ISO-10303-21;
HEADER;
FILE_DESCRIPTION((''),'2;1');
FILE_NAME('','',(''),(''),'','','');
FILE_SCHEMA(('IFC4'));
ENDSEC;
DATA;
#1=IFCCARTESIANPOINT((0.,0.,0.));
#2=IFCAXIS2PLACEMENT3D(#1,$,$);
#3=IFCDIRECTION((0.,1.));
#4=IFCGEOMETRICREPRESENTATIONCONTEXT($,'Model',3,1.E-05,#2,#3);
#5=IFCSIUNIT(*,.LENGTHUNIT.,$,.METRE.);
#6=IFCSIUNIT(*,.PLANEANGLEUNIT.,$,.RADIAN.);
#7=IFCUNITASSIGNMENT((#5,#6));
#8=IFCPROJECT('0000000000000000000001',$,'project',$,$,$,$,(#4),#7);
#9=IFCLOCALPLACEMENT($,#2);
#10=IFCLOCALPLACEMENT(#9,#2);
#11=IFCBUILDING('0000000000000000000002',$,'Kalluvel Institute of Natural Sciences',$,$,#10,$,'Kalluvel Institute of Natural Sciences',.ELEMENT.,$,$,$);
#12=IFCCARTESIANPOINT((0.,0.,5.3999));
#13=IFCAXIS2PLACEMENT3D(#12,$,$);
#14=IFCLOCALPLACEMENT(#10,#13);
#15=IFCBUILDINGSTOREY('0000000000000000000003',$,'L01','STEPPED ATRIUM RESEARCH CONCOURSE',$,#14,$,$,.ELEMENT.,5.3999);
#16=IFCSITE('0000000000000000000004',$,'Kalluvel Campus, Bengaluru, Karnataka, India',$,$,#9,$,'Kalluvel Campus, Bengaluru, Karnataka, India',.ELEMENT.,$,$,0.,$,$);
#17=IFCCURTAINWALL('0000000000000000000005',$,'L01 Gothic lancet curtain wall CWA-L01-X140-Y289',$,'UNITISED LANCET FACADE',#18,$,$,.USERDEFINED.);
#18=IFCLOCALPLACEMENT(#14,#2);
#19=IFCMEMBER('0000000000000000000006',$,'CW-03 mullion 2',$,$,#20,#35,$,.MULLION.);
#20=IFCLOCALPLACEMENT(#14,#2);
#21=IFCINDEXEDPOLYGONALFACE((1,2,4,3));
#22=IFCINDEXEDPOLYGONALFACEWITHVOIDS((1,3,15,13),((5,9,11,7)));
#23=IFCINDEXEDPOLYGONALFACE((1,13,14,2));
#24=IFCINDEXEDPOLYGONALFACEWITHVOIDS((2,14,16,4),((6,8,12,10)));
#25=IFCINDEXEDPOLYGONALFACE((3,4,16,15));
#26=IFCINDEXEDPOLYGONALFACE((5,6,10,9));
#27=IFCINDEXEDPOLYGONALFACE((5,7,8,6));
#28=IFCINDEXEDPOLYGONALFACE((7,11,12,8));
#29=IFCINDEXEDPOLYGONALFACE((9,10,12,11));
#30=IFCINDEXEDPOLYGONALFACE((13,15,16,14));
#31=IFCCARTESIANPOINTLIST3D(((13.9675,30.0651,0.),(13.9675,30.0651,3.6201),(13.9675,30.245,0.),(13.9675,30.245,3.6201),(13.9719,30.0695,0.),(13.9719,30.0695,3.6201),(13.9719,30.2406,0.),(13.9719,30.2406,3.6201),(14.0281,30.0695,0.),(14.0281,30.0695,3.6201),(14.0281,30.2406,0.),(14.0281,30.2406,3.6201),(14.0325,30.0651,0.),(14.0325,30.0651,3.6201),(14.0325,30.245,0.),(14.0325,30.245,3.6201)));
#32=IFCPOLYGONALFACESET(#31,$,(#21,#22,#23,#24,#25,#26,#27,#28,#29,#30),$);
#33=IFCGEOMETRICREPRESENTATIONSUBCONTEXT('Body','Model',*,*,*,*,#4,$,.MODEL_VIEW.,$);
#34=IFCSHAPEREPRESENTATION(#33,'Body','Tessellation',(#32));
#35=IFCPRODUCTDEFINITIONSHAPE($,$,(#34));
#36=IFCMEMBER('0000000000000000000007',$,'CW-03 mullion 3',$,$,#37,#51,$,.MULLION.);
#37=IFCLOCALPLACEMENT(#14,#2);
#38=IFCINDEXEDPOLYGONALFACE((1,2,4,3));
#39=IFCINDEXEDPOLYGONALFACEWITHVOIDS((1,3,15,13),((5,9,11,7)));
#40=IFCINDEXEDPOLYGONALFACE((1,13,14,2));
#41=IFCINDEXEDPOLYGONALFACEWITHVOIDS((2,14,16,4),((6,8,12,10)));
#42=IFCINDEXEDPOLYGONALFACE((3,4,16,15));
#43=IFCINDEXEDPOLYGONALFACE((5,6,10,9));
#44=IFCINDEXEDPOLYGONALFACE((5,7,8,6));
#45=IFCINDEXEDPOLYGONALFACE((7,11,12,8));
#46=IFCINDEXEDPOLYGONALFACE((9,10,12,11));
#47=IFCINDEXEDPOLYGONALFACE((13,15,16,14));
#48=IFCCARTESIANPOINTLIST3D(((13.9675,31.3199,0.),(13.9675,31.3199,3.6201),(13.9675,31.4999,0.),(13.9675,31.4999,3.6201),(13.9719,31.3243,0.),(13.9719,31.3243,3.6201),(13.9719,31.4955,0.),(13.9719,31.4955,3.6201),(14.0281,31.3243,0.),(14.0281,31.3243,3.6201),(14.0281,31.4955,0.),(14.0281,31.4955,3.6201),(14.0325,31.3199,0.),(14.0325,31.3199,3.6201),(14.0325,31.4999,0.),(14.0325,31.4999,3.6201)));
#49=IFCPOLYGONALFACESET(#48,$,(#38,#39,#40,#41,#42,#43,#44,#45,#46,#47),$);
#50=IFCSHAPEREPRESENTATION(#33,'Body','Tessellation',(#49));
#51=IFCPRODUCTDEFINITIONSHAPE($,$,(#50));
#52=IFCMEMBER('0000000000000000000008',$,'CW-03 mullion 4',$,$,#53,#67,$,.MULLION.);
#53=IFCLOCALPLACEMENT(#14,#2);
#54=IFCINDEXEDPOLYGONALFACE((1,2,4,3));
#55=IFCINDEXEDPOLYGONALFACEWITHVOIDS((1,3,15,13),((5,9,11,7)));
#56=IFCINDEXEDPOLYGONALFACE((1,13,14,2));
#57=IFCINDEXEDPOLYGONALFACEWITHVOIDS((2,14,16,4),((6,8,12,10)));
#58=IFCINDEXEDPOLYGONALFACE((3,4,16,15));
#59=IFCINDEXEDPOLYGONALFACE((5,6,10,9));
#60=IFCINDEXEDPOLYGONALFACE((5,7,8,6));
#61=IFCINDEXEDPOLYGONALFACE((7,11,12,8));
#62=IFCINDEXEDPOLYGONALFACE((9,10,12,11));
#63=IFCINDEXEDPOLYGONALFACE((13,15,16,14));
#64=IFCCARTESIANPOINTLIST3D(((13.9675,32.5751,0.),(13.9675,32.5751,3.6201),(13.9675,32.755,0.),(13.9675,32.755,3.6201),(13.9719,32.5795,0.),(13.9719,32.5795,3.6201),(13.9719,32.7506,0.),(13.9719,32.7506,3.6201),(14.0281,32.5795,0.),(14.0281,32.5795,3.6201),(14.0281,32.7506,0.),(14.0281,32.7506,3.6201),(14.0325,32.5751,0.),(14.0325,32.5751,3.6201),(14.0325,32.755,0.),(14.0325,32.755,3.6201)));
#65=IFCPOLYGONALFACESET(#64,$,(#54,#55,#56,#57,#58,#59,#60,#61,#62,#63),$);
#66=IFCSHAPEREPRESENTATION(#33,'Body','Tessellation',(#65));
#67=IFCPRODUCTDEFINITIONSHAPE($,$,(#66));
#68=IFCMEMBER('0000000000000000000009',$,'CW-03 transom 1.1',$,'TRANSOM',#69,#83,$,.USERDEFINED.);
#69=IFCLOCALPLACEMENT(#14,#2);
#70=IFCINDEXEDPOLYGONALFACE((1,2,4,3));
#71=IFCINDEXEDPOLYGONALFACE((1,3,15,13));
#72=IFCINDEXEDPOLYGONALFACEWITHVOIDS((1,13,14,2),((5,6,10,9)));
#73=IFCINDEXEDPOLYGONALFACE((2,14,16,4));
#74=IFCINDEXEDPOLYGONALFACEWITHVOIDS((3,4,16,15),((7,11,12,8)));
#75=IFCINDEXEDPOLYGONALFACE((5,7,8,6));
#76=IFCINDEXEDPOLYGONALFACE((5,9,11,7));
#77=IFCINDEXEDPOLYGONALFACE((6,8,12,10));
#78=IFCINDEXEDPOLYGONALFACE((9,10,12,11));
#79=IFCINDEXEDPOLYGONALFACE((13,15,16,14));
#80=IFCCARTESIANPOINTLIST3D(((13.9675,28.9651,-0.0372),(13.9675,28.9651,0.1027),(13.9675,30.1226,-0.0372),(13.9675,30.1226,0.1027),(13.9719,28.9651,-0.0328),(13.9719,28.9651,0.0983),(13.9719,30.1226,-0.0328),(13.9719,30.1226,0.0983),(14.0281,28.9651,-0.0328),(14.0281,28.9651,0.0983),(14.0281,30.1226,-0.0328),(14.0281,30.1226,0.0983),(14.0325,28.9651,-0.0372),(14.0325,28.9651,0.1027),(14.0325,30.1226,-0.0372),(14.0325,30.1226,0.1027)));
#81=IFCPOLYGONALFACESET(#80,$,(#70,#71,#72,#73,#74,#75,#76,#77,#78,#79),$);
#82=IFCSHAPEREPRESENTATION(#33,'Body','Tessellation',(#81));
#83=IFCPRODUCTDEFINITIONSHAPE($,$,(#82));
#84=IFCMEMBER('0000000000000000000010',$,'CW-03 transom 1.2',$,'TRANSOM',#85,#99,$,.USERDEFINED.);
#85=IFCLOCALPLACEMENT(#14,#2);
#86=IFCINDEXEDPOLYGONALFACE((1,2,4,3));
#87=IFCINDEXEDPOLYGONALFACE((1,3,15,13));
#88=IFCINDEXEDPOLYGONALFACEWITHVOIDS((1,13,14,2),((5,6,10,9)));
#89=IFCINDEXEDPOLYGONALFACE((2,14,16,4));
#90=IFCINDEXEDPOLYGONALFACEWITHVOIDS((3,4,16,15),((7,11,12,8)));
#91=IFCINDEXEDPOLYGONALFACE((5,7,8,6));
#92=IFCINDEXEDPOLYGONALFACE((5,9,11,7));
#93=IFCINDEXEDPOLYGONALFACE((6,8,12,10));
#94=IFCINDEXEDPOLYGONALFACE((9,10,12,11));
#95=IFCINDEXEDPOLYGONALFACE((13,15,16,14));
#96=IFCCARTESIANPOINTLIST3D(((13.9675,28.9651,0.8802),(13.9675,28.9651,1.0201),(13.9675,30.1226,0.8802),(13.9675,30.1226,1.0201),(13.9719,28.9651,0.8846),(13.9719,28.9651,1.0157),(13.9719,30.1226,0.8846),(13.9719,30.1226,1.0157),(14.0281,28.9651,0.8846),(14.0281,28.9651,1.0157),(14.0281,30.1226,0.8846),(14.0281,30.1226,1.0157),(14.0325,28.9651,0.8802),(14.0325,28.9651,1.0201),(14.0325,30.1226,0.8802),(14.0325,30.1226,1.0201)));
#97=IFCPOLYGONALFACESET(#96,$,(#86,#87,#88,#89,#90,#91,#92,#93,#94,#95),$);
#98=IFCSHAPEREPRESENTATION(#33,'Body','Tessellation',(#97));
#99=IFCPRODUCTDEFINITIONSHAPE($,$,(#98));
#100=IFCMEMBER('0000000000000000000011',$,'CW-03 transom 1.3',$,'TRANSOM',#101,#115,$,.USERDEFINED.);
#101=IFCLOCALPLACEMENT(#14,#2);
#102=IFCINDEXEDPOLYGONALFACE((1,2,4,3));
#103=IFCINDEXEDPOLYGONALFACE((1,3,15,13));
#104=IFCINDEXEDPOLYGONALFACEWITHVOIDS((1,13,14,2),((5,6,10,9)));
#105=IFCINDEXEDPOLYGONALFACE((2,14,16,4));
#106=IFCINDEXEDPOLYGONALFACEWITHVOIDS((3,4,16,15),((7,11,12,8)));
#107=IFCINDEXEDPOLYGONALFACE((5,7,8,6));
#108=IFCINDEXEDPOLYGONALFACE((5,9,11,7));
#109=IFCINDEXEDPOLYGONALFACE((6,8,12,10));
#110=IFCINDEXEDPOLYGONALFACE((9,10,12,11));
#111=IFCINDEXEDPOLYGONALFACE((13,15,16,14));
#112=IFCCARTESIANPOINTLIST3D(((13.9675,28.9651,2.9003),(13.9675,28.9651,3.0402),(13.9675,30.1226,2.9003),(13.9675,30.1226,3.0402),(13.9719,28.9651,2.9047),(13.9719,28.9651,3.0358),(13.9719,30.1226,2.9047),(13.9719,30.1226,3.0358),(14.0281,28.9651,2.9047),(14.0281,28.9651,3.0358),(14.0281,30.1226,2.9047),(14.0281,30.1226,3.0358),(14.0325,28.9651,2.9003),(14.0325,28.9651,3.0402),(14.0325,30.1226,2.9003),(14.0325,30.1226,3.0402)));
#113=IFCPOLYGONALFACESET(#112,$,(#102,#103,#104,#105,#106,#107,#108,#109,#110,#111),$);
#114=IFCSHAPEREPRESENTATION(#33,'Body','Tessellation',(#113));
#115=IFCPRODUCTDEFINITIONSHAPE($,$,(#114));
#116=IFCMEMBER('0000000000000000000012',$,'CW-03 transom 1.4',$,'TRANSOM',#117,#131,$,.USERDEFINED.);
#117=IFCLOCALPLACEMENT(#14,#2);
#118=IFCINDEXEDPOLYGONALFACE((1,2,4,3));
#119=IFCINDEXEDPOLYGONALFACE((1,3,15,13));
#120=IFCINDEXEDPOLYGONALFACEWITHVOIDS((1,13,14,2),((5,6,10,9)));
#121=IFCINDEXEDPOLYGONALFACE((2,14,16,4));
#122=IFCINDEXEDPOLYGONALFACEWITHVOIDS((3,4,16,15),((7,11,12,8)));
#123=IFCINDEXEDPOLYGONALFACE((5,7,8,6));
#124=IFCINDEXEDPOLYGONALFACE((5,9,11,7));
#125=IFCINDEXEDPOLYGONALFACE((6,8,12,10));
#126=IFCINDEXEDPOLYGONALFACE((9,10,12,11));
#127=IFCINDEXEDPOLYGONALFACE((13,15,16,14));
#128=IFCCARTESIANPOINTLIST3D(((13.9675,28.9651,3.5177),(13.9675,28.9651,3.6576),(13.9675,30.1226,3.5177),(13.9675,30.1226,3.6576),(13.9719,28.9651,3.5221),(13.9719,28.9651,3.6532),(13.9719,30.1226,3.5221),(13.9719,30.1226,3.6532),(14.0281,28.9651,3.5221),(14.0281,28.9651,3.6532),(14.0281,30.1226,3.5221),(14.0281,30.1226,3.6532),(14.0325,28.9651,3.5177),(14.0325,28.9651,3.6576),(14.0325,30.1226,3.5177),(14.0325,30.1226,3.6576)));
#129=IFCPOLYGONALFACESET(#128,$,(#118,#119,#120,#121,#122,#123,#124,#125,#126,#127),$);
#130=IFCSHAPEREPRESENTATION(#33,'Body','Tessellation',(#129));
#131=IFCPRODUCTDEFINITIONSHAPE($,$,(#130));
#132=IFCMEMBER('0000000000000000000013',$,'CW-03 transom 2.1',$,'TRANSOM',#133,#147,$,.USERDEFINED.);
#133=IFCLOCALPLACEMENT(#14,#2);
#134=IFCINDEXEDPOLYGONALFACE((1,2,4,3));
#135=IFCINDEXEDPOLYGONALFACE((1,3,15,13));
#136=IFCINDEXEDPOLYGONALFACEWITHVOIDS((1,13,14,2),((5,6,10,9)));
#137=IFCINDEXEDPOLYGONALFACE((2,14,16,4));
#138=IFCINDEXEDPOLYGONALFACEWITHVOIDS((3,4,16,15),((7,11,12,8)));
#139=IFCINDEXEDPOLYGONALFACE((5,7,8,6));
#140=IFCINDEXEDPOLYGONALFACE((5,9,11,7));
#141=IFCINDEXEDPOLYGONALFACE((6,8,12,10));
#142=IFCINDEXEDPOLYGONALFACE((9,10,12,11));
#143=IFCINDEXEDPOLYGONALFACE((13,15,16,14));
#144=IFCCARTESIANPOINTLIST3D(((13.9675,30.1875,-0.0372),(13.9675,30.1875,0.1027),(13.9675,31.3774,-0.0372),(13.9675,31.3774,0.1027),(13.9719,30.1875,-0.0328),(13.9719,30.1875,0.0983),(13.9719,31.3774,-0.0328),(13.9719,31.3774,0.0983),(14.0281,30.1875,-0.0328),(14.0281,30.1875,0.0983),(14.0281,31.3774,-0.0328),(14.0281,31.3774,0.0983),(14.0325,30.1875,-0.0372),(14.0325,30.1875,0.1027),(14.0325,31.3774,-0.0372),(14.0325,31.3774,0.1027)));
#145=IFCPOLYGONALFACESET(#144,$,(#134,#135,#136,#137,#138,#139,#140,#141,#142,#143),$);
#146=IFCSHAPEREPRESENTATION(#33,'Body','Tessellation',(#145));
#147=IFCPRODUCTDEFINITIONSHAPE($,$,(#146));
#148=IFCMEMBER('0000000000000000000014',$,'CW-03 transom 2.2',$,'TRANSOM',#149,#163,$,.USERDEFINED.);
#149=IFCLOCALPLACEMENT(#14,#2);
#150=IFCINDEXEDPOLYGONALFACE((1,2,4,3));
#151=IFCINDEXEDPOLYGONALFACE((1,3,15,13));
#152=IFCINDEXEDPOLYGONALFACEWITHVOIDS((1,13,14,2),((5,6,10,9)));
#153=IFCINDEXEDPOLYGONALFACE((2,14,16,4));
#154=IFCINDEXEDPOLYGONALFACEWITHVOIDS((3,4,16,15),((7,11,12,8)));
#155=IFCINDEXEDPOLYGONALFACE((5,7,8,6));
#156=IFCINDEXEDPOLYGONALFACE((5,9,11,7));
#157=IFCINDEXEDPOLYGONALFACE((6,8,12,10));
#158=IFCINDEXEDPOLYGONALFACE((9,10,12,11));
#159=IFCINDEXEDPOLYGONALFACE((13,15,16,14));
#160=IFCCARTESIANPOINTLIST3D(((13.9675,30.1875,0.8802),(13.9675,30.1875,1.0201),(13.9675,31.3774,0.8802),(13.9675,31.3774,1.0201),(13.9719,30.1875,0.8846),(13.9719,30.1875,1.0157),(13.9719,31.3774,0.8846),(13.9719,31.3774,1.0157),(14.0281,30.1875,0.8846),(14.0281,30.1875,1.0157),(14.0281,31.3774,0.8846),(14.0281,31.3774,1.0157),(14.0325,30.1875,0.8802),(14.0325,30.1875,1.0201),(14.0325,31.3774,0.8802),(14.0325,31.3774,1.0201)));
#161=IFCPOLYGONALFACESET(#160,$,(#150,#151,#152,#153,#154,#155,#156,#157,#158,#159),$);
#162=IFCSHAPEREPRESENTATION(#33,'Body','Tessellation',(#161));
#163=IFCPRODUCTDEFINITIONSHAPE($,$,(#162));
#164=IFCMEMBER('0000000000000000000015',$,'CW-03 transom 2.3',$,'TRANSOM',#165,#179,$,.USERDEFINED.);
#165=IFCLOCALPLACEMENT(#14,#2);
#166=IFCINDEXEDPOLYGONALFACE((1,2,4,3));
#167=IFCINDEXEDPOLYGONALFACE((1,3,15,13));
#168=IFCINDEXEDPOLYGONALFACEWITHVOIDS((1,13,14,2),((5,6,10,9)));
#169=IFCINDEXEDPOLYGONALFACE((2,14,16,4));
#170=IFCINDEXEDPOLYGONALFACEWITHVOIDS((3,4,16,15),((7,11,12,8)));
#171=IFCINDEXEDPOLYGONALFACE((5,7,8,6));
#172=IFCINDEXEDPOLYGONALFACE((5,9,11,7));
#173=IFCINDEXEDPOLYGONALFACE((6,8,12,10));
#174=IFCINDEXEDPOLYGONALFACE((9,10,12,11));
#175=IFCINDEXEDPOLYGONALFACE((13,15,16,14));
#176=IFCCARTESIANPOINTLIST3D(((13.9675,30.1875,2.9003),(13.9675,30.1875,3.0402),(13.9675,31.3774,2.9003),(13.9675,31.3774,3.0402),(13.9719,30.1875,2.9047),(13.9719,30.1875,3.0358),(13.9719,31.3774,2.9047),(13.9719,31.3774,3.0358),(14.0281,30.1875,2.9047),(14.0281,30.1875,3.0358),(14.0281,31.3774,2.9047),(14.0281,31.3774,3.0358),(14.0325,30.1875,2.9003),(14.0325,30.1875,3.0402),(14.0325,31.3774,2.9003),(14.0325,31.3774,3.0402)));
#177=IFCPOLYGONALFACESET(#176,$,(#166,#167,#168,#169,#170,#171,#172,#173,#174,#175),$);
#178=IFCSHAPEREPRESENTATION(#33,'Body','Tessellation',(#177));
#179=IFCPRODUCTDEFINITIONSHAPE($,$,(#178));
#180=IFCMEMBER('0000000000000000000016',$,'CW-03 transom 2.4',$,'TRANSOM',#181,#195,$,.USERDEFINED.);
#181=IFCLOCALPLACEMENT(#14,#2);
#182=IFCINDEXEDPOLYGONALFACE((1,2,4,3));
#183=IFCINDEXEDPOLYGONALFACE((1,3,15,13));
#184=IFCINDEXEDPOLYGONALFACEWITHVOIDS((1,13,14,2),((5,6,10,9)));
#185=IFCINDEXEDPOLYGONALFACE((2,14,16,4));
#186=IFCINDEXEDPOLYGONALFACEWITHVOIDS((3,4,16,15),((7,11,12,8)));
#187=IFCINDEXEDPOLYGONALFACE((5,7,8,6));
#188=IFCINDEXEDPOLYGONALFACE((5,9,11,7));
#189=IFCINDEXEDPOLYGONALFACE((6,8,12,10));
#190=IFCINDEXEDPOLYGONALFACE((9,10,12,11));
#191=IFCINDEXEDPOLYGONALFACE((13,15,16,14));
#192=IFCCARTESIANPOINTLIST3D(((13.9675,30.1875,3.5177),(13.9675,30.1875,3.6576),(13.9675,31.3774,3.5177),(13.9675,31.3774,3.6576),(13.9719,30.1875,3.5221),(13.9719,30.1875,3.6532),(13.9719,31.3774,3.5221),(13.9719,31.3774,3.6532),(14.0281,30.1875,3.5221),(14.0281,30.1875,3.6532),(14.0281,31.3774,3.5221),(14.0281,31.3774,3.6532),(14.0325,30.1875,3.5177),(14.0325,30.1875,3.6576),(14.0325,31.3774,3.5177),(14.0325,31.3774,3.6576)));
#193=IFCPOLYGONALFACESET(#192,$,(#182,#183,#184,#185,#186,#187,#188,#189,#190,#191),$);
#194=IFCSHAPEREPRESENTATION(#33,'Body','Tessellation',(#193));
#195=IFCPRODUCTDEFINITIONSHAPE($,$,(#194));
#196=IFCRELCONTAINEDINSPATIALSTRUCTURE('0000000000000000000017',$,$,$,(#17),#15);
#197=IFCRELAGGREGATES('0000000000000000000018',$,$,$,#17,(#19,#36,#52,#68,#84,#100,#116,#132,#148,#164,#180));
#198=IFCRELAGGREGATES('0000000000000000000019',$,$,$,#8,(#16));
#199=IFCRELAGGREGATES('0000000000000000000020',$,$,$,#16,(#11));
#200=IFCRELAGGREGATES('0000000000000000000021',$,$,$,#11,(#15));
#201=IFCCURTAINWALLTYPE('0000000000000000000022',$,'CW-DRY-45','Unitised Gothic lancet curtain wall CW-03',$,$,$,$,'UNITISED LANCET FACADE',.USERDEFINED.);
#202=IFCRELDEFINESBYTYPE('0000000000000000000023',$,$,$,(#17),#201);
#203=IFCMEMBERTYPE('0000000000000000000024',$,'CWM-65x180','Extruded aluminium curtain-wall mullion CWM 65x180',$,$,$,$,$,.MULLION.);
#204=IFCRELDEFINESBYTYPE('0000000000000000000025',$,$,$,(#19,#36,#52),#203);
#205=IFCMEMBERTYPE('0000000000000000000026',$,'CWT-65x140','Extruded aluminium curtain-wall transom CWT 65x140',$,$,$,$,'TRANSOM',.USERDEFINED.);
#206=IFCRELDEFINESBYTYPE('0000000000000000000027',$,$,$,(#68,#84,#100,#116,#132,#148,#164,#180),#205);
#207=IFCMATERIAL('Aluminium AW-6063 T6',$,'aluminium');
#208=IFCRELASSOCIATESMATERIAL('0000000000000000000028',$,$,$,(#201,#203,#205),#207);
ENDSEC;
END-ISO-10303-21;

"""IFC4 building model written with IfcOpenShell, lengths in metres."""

from ifc_helpers import new_model, si_unit, direction, frame, origin, origin_2d, place, context, subcontext, project, spatial, hollow_rectangle, extrude, material, material_profile, profile_set, type_object, element, aggregate, save


model = new_model("IFC4")

# Units and contexts
model_context = context("Model", 3, precision=1e-05, world=origin(), true_north=direction((0.0, 1.0)))
body_context = subcontext(model_context, "Body", "Model", "MODEL_VIEW")
ifc_project = project(units=[si_unit("LENGTHUNIT", "METRE"), si_unit("PLANEANGLEUNIT", "RADIAN")], contexts=[model_context])

# Site, building, storey
site_placement = place(None, origin())
site = spatial("IfcSite", under=ifc_project, at=site_placement, Name="Kalluvel Campus, Bengaluru, Karnataka, India", LongName="Kalluvel Campus, Bengaluru, Karnataka, India", CompositionType="ELEMENT", RefElevation=0.0)
building_placement = place(site_placement, origin())
building = spatial("IfcBuilding", under=site, at=building_placement, Name="Kalluvel Institute of Natural Sciences", LongName="Kalluvel Institute of Natural Sciences", CompositionType="ELEMENT")
storey_placement = place(building_placement, frame((0.0, 0.0, 5.3999)))
storey = spatial("IfcBuildingStorey", under=building, at=storey_placement, Name="L01", Description="STEPPED ATRIUM RESEARCH CONCOURSE", CompositionType="ELEMENT", Elevation=5.3999)

# Curtain wall, members
ifc_material_1 = material(Name="Aluminium AW-6063 T6", Category="aluminium")
curtain_wall_type = type_object("IfcCurtainWallType", Name="CW-DRY-45", Description="Unitised Gothic lancet curtain wall CW-03", ElementType="UNITISED LANCET FACADE", PredefinedType="USERDEFINED", material=ifc_material_1)
curtain_wall_placement = place(storey_placement, origin())
curtain_wall = element("IfcCurtainWall", 1, at=curtain_wall_placement, inside=storey, type_object=curtain_wall_type, Name="L01 Gothic lancet curtain wall CWA-L01-X140-Y289", ObjectType="UNITISED LANCET FACADE", PredefinedType="USERDEFINED")
ifc_material_profile_1 = material_profile(ifc_material_1, hollow_rectangle(XDim=0.0649, YDim=0.1799, WallThickness=0.0044, at=origin_2d()), Name="CWM 65x180")
ifc_profile_set_1 = profile_set([ifc_material_profile_1], Name="Aluminium AW-6063 T6")
member_type_1 = type_object("IfcMemberType", Name="CWM-65x180", Description="Extruded aluminium curtain-wall mullion CWM 65x180", PredefinedType="MULLION", material=ifc_profile_set_1)
member_1_placement = place(storey_placement, frame((14.0, 30.155, 0.0), z_axis=(0.0, 0.0, 1.0), x_axis=(-1.0, 0.0, 0.0)))
member_1 = element("IfcMember", 2, at=member_1_placement, type_object=member_type_1, Name="CW-03 mullion 2", PredefinedType="MULLION", context=body_context, shape_type="SweptSolid", body=[
    extrude(hollow_rectangle(XDim=0.0649, YDim=0.1799, WallThickness=0.0044, at=origin_2d()), origin(), (0.0, 0.0, 1.0), 3.6201),
])
member_2_placement = place(storey_placement, frame((14.0, 31.4099, 0.0), z_axis=(0.0, 0.0, 1.0), x_axis=(-1.0, 0.0, 0.0)))
member_2 = element("IfcMember", 3, at=member_2_placement, type_object=member_type_1, Name="CW-03 mullion 3", PredefinedType="MULLION", context=body_context, shape_type="SweptSolid", body=[
    extrude(hollow_rectangle(XDim=0.0649, YDim=0.1799, WallThickness=0.0044, at=origin_2d()), origin(), (0.0, 0.0, 1.0), 3.6201),
])
member_3_placement = place(storey_placement, frame((14.0, 32.665, 0.0), z_axis=(0.0, 0.0, 1.0), x_axis=(-1.0, 0.0, 0.0)))
member_3 = element("IfcMember", 4, at=member_3_placement, type_object=member_type_1, Name="CW-03 mullion 4", PredefinedType="MULLION", context=body_context, shape_type="SweptSolid", body=[
    extrude(hollow_rectangle(XDim=0.0649, YDim=0.1799, WallThickness=0.0044, at=origin_2d()), origin(), (0.0, 0.0, 1.0), 3.6201),
])
ifc_material_profile_2 = material_profile(ifc_material_1, hollow_rectangle(XDim=0.0649, YDim=0.1399, WallThickness=0.0044, at=origin_2d()), Name="CWT 65x140")
ifc_profile_set_2 = profile_set([ifc_material_profile_2], Name="Aluminium AW-6063 T6")
member_type_2 = type_object("IfcMemberType", Name="CWT-65x140", Description="Extruded aluminium curtain-wall transom CWT 65x140", ElementType="TRANSOM", PredefinedType="USERDEFINED", material=ifc_profile_set_2)
member_4_placement = place(storey_placement, frame((14.0, 28.9651, 0.0327), z_axis=(0.0, 1.0, 0.0), x_axis=(-1.0, 0.0, 0.0)))
member_4 = element("IfcMember", 5, at=member_4_placement, type_object=member_type_2, Name="CW-03 transom 1.1", ObjectType="TRANSOM", PredefinedType="USERDEFINED", context=body_context, shape_type="SweptSolid", body=[
    extrude(hollow_rectangle(XDim=0.0649, YDim=0.1399, WallThickness=0.0044, at=origin_2d()), origin(), (0.0, 0.0, 1.0), 1.1575),
])
member_5_placement = place(storey_placement, frame((14.0, 28.9651, 0.9502), z_axis=(0.0, 1.0, 0.0), x_axis=(-1.0, 0.0, 0.0)))
member_5 = element("IfcMember", 6, at=member_5_placement, type_object=member_type_2, Name="CW-03 transom 1.2", ObjectType="TRANSOM", PredefinedType="USERDEFINED", context=body_context, shape_type="SweptSolid", body=[
    extrude(hollow_rectangle(XDim=0.0649, YDim=0.1399, WallThickness=0.0044, at=origin_2d()), origin(), (0.0, 0.0, 1.0), 1.1575),
])
member_6_placement = place(storey_placement, frame((14.0, 28.9651, 2.9702), z_axis=(0.0, 1.0, 0.0), x_axis=(-1.0, 0.0, 0.0)))
member_6 = element("IfcMember", 7, at=member_6_placement, type_object=member_type_2, Name="CW-03 transom 1.3", ObjectType="TRANSOM", PredefinedType="USERDEFINED", context=body_context, shape_type="SweptSolid", body=[
    extrude(hollow_rectangle(XDim=0.0649, YDim=0.1399, WallThickness=0.0044, at=origin_2d()), origin(), (0.0, 0.0, 1.0), 1.1575),
])
member_7_placement = place(storey_placement, frame((14.0, 28.9651, 3.5876), z_axis=(0.0, 1.0, 0.0), x_axis=(-1.0, 0.0, 0.0)))
member_7 = element("IfcMember", 8, at=member_7_placement, type_object=member_type_2, Name="CW-03 transom 1.4", ObjectType="TRANSOM", PredefinedType="USERDEFINED", context=body_context, shape_type="SweptSolid", body=[
    extrude(hollow_rectangle(XDim=0.0649, YDim=0.1399, WallThickness=0.0044, at=origin_2d()), origin(), (0.0, 0.0, 1.0), 1.1575),
])
member_8_placement = place(storey_placement, frame((14.0, 30.1875, 0.0327), z_axis=(0.0, 1.0, 0.0), x_axis=(-1.0, 0.0, 0.0)))
member_8 = element("IfcMember", 9, at=member_8_placement, type_object=member_type_2, Name="CW-03 transom 2.1", ObjectType="TRANSOM", PredefinedType="USERDEFINED", context=body_context, shape_type="SweptSolid", body=[
    extrude(hollow_rectangle(XDim=0.0649, YDim=0.1399, WallThickness=0.0044, at=origin_2d()), origin(), (0.0, 0.0, 1.0), 1.1899),
])
member_9_placement = place(storey_placement, frame((14.0, 30.1875, 0.9502), z_axis=(0.0, 1.0, 0.0), x_axis=(-1.0, 0.0, 0.0)))
member_9 = element("IfcMember", 10, at=member_9_placement, type_object=member_type_2, Name="CW-03 transom 2.2", ObjectType="TRANSOM", PredefinedType="USERDEFINED", context=body_context, shape_type="SweptSolid", body=[
    extrude(hollow_rectangle(XDim=0.0649, YDim=0.1399, WallThickness=0.0044, at=origin_2d()), origin(), (0.0, 0.0, 1.0), 1.1899),
])
member_10_placement = place(storey_placement, frame((14.0, 30.1875, 2.9702), z_axis=(0.0, 1.0, 0.0), x_axis=(-1.0, 0.0, 0.0)))
member_10 = element("IfcMember", 11, at=member_10_placement, type_object=member_type_2, Name="CW-03 transom 2.3", ObjectType="TRANSOM", PredefinedType="USERDEFINED", context=body_context, shape_type="SweptSolid", body=[
    extrude(hollow_rectangle(XDim=0.0649, YDim=0.1399, WallThickness=0.0044, at=origin_2d()), origin(), (0.0, 0.0, 1.0), 1.1899),
])
member_11_placement = place(storey_placement, frame((14.0, 30.1875, 3.5876), z_axis=(0.0, 1.0, 0.0), x_axis=(-1.0, 0.0, 0.0)))
member_11 = element("IfcMember", 12, at=member_11_placement, type_object=member_type_2, Name="CW-03 transom 2.4", ObjectType="TRANSOM", PredefinedType="USERDEFINED", context=body_context, shape_type="SweptSolid", body=[
    extrude(hollow_rectangle(XDim=0.0649, YDim=0.1399, WallThickness=0.0044, at=origin_2d()), origin(), (0.0, 0.0, 1.0), 1.1899),
])
aggregate(curtain_wall, [member_1, member_2, member_3, member_4, member_5, member_6, member_7, member_8, member_9, member_10, member_11])

save(model, "model.ifc")
